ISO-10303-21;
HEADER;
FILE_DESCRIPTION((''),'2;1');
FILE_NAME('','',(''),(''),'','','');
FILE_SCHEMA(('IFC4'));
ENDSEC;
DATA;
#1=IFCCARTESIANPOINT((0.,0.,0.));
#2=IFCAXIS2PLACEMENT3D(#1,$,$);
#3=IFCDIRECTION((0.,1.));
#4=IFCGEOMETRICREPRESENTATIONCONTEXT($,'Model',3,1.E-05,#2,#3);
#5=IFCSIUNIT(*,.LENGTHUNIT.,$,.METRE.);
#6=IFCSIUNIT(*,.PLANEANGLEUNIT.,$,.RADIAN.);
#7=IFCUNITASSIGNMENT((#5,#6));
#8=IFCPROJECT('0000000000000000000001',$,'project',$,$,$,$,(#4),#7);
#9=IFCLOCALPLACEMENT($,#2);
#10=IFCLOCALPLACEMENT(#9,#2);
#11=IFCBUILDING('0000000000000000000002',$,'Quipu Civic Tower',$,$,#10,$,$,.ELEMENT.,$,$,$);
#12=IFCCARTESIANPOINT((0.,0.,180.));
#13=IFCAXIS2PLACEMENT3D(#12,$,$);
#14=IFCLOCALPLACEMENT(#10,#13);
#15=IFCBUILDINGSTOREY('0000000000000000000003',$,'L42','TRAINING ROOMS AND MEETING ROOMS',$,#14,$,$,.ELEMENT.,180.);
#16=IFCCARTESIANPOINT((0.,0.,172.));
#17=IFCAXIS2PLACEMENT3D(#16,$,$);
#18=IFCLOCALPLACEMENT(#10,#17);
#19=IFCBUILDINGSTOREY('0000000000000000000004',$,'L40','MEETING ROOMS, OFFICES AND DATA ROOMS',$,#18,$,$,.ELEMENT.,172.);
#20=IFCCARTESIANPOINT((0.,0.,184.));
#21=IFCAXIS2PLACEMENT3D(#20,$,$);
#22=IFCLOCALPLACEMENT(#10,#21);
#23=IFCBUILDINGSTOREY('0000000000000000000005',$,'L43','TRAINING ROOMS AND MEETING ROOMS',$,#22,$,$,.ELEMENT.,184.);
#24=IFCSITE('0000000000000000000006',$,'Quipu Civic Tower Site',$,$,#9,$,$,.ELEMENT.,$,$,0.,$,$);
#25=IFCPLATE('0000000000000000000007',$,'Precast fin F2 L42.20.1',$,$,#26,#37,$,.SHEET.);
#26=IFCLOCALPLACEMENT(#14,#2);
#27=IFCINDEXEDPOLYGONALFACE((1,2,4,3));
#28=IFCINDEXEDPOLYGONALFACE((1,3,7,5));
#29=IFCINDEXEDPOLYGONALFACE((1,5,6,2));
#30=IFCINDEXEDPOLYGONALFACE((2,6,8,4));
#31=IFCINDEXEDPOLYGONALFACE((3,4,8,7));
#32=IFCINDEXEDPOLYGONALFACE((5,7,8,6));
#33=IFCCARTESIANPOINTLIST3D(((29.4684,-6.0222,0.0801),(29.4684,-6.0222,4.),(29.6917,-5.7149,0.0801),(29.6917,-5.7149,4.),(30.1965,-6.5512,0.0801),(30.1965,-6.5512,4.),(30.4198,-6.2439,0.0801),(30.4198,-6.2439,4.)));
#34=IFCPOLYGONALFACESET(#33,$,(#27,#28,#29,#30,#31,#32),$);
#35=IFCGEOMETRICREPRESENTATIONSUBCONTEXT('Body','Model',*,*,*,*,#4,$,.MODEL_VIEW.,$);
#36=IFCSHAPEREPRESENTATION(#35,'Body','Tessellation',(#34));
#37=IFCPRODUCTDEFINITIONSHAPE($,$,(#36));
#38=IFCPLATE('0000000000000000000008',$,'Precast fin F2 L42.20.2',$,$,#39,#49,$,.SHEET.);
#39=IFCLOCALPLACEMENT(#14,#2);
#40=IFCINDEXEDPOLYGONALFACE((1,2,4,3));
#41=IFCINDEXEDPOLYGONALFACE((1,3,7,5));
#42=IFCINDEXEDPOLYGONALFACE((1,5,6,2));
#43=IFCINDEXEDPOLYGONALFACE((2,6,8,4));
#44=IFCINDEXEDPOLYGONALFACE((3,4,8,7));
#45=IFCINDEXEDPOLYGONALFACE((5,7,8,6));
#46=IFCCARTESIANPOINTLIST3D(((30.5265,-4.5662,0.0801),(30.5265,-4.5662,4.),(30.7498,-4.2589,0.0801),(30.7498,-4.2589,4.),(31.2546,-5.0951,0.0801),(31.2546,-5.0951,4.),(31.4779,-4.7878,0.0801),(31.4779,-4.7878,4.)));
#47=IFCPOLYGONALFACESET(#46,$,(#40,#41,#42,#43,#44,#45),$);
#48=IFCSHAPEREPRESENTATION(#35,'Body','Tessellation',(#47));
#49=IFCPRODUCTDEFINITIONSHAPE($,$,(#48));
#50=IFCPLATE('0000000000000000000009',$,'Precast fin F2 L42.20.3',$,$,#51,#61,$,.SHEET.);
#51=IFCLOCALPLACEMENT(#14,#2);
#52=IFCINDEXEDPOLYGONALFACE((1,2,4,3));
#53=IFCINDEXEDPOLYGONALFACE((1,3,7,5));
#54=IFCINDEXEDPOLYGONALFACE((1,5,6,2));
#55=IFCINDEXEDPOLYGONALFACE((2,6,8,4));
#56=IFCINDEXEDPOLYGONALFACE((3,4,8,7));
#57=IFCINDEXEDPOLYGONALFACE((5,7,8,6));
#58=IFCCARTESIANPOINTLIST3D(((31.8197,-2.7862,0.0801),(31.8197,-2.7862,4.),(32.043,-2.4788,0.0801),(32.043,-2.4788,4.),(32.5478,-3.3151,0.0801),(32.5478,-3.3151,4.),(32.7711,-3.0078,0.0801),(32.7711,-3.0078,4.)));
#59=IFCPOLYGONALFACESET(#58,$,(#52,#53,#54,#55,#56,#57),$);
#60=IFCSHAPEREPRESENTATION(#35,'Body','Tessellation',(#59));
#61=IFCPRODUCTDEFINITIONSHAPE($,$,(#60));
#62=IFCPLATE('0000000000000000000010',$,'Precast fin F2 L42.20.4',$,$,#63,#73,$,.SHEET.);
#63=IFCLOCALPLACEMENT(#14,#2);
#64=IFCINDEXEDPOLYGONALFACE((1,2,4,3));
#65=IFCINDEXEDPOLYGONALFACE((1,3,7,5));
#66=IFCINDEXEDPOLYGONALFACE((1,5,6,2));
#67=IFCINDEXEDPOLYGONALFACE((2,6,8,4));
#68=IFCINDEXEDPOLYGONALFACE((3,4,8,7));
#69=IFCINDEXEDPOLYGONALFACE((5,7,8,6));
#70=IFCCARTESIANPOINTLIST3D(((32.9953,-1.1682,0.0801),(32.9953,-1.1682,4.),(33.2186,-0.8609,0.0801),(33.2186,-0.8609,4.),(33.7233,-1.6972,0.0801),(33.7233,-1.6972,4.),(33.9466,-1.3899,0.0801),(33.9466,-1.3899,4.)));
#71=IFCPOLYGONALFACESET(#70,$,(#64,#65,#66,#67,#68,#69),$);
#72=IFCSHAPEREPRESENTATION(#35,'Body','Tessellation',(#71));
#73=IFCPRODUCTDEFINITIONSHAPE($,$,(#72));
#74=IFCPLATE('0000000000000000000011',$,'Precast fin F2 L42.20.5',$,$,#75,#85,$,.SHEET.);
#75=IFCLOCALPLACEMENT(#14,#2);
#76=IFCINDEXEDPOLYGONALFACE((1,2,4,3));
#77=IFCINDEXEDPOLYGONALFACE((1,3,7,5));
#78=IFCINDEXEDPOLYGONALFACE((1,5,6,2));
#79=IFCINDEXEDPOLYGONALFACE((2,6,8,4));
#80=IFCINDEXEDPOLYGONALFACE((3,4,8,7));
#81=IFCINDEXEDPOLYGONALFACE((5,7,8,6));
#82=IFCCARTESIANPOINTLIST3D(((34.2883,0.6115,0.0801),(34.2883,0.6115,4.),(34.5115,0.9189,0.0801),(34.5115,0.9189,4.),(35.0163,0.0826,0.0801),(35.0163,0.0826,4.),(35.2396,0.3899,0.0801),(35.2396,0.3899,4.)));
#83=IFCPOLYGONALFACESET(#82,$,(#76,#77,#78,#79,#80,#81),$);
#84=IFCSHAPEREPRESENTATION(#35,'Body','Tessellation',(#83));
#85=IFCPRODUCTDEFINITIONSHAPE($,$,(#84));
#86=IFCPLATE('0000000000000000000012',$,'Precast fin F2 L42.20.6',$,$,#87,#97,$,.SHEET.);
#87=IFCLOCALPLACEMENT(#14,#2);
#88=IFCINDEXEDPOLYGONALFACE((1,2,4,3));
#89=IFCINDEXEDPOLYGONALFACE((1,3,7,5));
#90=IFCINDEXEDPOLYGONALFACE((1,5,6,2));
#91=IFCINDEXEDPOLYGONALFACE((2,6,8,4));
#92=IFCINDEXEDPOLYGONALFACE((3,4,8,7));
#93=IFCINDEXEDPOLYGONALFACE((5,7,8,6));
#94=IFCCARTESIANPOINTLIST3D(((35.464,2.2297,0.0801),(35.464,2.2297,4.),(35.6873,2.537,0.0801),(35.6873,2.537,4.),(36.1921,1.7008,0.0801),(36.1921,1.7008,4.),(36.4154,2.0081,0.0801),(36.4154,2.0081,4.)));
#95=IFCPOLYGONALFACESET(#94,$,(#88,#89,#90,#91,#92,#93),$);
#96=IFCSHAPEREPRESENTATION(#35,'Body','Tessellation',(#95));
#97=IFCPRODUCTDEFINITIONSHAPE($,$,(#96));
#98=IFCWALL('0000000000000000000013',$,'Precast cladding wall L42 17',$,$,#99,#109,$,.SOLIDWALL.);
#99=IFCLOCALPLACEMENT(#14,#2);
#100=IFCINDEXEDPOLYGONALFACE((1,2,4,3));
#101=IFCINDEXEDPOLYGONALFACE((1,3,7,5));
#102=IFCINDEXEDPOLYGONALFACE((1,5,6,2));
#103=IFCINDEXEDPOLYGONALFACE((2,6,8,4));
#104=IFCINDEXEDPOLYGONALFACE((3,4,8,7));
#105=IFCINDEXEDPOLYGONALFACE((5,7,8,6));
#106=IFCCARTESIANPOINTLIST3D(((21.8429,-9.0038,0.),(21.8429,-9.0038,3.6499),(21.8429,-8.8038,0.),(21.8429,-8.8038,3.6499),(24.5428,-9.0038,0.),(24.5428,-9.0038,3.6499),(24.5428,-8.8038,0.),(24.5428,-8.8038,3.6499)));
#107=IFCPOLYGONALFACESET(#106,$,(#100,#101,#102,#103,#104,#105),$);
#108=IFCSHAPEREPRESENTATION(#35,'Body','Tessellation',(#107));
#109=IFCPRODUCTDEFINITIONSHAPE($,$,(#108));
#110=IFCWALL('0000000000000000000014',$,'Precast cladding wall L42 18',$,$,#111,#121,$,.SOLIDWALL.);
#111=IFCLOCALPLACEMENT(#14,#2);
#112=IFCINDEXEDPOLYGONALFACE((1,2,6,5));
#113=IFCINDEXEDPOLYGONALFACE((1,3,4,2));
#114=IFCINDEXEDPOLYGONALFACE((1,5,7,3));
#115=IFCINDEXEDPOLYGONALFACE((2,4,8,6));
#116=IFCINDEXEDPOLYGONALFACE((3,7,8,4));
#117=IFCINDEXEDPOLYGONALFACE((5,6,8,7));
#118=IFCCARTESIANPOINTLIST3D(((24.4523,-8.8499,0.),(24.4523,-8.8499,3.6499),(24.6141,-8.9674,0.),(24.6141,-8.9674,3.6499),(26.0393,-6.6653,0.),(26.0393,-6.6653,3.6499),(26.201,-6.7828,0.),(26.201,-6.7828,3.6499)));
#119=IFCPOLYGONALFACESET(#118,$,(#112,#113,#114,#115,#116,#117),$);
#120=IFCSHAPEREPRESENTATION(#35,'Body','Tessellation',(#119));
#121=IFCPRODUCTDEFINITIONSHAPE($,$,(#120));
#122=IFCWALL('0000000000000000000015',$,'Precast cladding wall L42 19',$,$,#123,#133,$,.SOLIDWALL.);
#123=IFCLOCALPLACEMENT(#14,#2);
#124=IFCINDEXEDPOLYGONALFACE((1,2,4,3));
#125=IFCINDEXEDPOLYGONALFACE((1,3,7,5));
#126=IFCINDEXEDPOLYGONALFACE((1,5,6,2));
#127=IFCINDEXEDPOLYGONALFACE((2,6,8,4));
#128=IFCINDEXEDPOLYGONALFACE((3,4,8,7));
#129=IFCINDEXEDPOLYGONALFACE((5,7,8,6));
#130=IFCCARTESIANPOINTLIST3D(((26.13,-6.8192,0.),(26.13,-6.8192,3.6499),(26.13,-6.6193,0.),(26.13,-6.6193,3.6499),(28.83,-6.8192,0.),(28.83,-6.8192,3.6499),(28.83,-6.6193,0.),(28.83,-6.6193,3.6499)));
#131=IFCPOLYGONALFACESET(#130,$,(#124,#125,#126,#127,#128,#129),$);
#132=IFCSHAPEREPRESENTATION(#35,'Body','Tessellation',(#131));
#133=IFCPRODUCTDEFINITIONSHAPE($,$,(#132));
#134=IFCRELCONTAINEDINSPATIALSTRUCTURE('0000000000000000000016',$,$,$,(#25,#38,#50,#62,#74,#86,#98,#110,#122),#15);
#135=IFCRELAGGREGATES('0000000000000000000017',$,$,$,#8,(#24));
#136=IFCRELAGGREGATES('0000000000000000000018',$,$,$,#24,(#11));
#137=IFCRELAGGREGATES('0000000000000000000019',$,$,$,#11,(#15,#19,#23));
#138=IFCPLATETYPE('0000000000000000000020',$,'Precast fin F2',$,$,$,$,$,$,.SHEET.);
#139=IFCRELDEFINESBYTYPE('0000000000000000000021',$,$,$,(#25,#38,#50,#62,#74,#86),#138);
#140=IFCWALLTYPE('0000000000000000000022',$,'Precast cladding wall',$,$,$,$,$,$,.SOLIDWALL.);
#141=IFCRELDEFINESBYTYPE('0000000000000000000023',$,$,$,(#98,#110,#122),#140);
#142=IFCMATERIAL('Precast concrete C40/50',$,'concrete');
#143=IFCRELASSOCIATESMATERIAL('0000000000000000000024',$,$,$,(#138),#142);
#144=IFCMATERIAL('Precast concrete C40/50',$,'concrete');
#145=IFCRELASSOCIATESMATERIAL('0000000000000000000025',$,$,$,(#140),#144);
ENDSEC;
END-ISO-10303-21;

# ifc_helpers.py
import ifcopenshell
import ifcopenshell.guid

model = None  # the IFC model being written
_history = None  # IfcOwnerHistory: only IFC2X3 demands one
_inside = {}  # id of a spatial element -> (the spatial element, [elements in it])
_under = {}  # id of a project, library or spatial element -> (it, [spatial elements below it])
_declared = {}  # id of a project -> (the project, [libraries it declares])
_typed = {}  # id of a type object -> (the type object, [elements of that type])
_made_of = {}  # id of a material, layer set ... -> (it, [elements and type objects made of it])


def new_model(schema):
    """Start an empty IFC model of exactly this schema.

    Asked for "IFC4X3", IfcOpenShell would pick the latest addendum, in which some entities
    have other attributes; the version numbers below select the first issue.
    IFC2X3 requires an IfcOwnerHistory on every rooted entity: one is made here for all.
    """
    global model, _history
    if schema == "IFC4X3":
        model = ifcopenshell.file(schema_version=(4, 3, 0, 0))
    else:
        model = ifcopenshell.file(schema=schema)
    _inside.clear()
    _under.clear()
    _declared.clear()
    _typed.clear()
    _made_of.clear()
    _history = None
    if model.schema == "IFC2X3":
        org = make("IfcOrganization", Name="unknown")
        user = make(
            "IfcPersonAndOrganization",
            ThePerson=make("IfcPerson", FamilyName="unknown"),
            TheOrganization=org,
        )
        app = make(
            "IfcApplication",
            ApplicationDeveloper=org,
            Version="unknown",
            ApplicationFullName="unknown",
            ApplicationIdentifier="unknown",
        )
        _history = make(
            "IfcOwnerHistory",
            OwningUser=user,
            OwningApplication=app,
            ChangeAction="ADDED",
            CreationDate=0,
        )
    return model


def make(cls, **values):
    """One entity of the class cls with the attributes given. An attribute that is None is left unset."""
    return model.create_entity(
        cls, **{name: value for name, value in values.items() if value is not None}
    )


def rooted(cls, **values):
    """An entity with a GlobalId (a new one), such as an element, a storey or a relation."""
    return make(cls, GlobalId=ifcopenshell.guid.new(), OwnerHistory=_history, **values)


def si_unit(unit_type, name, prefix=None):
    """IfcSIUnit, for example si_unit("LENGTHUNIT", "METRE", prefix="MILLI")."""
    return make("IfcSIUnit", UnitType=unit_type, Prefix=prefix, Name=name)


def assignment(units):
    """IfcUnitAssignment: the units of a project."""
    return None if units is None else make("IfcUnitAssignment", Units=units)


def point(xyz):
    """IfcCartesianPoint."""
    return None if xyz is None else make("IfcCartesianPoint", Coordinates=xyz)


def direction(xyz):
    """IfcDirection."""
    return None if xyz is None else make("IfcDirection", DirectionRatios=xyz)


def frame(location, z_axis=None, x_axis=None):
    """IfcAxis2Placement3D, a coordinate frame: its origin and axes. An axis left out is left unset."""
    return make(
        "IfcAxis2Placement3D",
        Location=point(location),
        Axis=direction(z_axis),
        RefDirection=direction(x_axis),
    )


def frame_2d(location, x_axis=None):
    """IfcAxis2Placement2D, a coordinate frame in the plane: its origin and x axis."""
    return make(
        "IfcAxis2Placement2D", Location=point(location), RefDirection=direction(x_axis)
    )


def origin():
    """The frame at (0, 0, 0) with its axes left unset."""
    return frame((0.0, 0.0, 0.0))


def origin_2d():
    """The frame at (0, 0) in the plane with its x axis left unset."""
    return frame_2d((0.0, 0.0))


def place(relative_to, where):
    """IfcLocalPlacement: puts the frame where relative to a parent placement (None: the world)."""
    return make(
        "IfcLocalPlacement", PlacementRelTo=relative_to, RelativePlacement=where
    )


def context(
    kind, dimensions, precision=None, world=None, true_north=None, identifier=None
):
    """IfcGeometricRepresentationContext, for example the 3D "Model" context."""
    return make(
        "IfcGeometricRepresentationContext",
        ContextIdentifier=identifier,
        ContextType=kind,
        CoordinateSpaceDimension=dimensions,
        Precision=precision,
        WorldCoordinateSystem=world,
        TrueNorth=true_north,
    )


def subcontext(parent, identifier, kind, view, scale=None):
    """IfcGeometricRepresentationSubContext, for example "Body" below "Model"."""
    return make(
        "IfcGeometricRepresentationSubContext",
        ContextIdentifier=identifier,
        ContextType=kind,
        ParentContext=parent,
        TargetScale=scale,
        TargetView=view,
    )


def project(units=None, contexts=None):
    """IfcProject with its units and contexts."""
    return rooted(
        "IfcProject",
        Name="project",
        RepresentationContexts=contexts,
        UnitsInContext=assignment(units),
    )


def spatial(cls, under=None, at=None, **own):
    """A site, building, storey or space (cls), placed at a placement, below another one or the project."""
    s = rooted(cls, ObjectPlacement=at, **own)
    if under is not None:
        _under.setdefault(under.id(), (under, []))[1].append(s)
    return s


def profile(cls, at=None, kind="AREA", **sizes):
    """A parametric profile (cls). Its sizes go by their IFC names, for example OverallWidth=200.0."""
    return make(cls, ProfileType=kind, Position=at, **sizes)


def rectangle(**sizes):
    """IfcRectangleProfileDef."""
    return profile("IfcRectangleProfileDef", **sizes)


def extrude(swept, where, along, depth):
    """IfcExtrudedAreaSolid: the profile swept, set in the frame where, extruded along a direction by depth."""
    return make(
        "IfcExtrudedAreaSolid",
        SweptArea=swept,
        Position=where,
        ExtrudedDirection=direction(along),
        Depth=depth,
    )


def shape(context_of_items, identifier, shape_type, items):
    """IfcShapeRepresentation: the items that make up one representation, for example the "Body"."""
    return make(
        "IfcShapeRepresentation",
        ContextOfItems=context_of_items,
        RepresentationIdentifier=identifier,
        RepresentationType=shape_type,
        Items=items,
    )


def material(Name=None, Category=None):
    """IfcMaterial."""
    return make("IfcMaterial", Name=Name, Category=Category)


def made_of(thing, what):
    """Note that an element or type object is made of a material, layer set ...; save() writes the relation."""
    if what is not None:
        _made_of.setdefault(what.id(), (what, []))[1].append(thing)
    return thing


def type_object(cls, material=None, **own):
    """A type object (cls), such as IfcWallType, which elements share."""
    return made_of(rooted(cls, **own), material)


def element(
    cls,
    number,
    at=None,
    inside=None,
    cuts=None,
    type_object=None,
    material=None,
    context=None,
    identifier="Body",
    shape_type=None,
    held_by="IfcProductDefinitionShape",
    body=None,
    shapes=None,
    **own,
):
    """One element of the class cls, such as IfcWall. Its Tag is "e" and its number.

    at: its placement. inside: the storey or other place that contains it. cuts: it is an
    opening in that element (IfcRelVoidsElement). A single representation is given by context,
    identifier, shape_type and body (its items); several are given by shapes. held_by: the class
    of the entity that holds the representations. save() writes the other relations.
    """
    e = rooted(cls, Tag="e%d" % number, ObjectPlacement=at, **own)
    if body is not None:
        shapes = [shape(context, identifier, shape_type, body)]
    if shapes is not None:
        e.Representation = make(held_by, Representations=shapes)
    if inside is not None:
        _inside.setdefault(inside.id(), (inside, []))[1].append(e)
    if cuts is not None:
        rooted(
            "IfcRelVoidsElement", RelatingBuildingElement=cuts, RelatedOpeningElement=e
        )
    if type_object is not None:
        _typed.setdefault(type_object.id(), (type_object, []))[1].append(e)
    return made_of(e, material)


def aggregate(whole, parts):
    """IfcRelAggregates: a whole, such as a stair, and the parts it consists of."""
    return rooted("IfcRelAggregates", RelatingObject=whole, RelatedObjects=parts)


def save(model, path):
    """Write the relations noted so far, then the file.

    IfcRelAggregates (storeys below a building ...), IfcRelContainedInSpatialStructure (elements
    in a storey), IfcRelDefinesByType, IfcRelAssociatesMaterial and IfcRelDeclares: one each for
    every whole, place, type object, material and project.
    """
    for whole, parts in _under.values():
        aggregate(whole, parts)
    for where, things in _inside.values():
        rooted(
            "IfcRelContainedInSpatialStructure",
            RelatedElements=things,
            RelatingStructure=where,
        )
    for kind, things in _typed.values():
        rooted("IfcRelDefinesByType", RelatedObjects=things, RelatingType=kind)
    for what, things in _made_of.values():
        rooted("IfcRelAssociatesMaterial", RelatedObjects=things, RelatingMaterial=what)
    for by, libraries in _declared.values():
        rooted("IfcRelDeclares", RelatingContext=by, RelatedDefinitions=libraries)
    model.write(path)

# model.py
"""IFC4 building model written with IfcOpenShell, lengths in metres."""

from ifc_helpers import new_model, si_unit, direction, frame, frame_2d, origin, origin_2d, place, context, subcontext, project, spatial, rectangle, extrude, material, type_object, element, save


model = new_model("IFC4")

# Units and contexts
model_context = context("Model", 3, precision=1e-05, world=origin(), true_north=direction((0.0, 1.0)))
body_context = subcontext(model_context, "Body", "Model", "MODEL_VIEW")
ifc_project = project(units=[si_unit("LENGTHUNIT", "METRE"), si_unit("PLANEANGLEUNIT", "RADIAN")], contexts=[model_context])

# Site, building, storey
site_placement = place(None, origin())
site = spatial("IfcSite", under=ifc_project, at=site_placement, Name="Quipu Civic Tower Site", CompositionType="ELEMENT", RefElevation=0.0)
building_placement = place(site_placement, origin())
building = spatial("IfcBuilding", under=site, at=building_placement, Name="Quipu Civic Tower", CompositionType="ELEMENT")
storey_1_placement = place(building_placement, frame((0.0, 0.0, 180.0)))
storey_1 = spatial("IfcBuildingStorey", under=building, at=storey_1_placement, Name="L42", Description="TRAINING ROOMS AND MEETING ROOMS", CompositionType="ELEMENT", Elevation=180.0)

# Shared definitions
storey_2_placement = place(building_placement, frame((0.0, 0.0, 172.0)))
storey_2 = spatial("IfcBuildingStorey", under=building, at=storey_2_placement, Name="L40", Description="MEETING ROOMS, OFFICES AND DATA ROOMS", CompositionType="ELEMENT", Elevation=172.0)

# Shared definitions
storey_3_placement = place(building_placement, frame((0.0, 0.0, 184.0)))
storey_3 = spatial("IfcBuildingStorey", under=building, at=storey_3_placement, Name="L43", Description="TRAINING ROOMS AND MEETING ROOMS", CompositionType="ELEMENT", Elevation=184.0)

# Plates
ifc_material_1 = material(Name="Precast concrete C40/50", Category="concrete")
plate_type_1 = type_object("IfcPlateType", Name="Precast fin F2", PredefinedType="SHEET", material=ifc_material_1)
for number, where, z_axis, x_axis, name in (
    (1, (29.9441, -6.1331, 0.0801), (0.0, 0.0, 1.0), (0.587786, 0.809017, 0.0), "Precast fin F2 L42.20.1"),
    (2, (31.0022, -4.677, 0.0801), (0.0, 0.0, 1.0), (0.587786, 0.809017, 0.0), "Precast fin F2 L42.20.2"),
    (3, (32.2954, -2.897, 0.0801), (0.0, 0.0, 1.0), (0.587786, 0.809017, 0.0), "Precast fin F2 L42.20.3"),
    (4, (33.4709, -1.2791, 0.0801), (0.0, 0.0, 1.0), (0.587786, 0.809017, 0.0), "Precast fin F2 L42.20.4"),
    (5, (34.7639, 0.5007, 0.0801), (0.0, 0.0, 1.0), (0.587786, 0.809017, 0.0), "Precast fin F2 L42.20.5"),
    (6, (35.9397, 2.1189, 0.0801), (0.0, 0.0, 1.0), (0.587786, 0.809017, 0.0), "Precast fin F2 L42.20.6"),
):
    element("IfcPlate", number, at=place(storey_1_placement, frame(where, z_axis=z_axis, x_axis=x_axis)), inside=storey_1, type_object=plate_type_1, Name=name, PredefinedType="SHEET", context=body_context, shape_type="SweptSolid", body=[
        extrude(rectangle(XDim=0.3799, YDim=0.8999, at=origin_2d()), origin(), (0.0, 0.0, 1.0), 3.9199),
    ])

# Walls
ifc_material_2 = material(Name="Precast concrete C40/50", Category="concrete")
wall_type = type_object("IfcWallType", Name="Precast cladding wall", PredefinedType="SOLIDWALL", material=ifc_material_2)
wall_1_placement = place(storey_1_placement, frame((21.8428, -8.9038, 0.0), z_axis=(0.0, 0.0, 1.0), x_axis=(1.0, 0.0, 0.0)))
element("IfcWall", 7, at=wall_1_placement, inside=storey_1, type_object=wall_type, Name="Precast cladding wall L42 17", PredefinedType="SOLIDWALL", context=body_context, shape_type="SweptSolid", body=[
    extrude(rectangle(XDim=2.7, YDim=0.2, at=frame_2d((1.3501, 0.0))), origin(), (0.0, 0.0, 1.0), 3.6499),
])
wall_2_placement = place(storey_1_placement, frame((24.5332, -8.9087, 0.0), z_axis=(0.0, 0.0, 1.0), x_axis=(0.58772, 0.809064, 0.0)))
element("IfcWall", 8, at=wall_2_placement, inside=storey_1, type_object=wall_type, Name="Precast cladding wall L42 18", PredefinedType="SOLIDWALL", context=body_context, shape_type="SweptSolid", body=[
    extrude(rectangle(XDim=2.7002, YDim=0.2, at=frame_2d((1.3501, 0.0))), origin(), (0.0, 0.0, 1.0), 3.6499),
])
wall_3_placement = place(storey_1_placement, frame((26.1299, -6.7192, 0.0), z_axis=(0.0, 0.0, 1.0), x_axis=(1.0, 0.0, 0.0)))
element("IfcWall", 9, at=wall_3_placement, inside=storey_1, type_object=wall_type, Name="Precast cladding wall L42 19", PredefinedType="SOLIDWALL", context=body_context, shape_type="SweptSolid", body=[
    extrude(rectangle(XDim=2.7, YDim=0.2, at=frame_2d((1.3501, 0.0))), origin(), (0.0, 0.0, 1.0), 3.6499),
])

save(model, "model.ifc")
